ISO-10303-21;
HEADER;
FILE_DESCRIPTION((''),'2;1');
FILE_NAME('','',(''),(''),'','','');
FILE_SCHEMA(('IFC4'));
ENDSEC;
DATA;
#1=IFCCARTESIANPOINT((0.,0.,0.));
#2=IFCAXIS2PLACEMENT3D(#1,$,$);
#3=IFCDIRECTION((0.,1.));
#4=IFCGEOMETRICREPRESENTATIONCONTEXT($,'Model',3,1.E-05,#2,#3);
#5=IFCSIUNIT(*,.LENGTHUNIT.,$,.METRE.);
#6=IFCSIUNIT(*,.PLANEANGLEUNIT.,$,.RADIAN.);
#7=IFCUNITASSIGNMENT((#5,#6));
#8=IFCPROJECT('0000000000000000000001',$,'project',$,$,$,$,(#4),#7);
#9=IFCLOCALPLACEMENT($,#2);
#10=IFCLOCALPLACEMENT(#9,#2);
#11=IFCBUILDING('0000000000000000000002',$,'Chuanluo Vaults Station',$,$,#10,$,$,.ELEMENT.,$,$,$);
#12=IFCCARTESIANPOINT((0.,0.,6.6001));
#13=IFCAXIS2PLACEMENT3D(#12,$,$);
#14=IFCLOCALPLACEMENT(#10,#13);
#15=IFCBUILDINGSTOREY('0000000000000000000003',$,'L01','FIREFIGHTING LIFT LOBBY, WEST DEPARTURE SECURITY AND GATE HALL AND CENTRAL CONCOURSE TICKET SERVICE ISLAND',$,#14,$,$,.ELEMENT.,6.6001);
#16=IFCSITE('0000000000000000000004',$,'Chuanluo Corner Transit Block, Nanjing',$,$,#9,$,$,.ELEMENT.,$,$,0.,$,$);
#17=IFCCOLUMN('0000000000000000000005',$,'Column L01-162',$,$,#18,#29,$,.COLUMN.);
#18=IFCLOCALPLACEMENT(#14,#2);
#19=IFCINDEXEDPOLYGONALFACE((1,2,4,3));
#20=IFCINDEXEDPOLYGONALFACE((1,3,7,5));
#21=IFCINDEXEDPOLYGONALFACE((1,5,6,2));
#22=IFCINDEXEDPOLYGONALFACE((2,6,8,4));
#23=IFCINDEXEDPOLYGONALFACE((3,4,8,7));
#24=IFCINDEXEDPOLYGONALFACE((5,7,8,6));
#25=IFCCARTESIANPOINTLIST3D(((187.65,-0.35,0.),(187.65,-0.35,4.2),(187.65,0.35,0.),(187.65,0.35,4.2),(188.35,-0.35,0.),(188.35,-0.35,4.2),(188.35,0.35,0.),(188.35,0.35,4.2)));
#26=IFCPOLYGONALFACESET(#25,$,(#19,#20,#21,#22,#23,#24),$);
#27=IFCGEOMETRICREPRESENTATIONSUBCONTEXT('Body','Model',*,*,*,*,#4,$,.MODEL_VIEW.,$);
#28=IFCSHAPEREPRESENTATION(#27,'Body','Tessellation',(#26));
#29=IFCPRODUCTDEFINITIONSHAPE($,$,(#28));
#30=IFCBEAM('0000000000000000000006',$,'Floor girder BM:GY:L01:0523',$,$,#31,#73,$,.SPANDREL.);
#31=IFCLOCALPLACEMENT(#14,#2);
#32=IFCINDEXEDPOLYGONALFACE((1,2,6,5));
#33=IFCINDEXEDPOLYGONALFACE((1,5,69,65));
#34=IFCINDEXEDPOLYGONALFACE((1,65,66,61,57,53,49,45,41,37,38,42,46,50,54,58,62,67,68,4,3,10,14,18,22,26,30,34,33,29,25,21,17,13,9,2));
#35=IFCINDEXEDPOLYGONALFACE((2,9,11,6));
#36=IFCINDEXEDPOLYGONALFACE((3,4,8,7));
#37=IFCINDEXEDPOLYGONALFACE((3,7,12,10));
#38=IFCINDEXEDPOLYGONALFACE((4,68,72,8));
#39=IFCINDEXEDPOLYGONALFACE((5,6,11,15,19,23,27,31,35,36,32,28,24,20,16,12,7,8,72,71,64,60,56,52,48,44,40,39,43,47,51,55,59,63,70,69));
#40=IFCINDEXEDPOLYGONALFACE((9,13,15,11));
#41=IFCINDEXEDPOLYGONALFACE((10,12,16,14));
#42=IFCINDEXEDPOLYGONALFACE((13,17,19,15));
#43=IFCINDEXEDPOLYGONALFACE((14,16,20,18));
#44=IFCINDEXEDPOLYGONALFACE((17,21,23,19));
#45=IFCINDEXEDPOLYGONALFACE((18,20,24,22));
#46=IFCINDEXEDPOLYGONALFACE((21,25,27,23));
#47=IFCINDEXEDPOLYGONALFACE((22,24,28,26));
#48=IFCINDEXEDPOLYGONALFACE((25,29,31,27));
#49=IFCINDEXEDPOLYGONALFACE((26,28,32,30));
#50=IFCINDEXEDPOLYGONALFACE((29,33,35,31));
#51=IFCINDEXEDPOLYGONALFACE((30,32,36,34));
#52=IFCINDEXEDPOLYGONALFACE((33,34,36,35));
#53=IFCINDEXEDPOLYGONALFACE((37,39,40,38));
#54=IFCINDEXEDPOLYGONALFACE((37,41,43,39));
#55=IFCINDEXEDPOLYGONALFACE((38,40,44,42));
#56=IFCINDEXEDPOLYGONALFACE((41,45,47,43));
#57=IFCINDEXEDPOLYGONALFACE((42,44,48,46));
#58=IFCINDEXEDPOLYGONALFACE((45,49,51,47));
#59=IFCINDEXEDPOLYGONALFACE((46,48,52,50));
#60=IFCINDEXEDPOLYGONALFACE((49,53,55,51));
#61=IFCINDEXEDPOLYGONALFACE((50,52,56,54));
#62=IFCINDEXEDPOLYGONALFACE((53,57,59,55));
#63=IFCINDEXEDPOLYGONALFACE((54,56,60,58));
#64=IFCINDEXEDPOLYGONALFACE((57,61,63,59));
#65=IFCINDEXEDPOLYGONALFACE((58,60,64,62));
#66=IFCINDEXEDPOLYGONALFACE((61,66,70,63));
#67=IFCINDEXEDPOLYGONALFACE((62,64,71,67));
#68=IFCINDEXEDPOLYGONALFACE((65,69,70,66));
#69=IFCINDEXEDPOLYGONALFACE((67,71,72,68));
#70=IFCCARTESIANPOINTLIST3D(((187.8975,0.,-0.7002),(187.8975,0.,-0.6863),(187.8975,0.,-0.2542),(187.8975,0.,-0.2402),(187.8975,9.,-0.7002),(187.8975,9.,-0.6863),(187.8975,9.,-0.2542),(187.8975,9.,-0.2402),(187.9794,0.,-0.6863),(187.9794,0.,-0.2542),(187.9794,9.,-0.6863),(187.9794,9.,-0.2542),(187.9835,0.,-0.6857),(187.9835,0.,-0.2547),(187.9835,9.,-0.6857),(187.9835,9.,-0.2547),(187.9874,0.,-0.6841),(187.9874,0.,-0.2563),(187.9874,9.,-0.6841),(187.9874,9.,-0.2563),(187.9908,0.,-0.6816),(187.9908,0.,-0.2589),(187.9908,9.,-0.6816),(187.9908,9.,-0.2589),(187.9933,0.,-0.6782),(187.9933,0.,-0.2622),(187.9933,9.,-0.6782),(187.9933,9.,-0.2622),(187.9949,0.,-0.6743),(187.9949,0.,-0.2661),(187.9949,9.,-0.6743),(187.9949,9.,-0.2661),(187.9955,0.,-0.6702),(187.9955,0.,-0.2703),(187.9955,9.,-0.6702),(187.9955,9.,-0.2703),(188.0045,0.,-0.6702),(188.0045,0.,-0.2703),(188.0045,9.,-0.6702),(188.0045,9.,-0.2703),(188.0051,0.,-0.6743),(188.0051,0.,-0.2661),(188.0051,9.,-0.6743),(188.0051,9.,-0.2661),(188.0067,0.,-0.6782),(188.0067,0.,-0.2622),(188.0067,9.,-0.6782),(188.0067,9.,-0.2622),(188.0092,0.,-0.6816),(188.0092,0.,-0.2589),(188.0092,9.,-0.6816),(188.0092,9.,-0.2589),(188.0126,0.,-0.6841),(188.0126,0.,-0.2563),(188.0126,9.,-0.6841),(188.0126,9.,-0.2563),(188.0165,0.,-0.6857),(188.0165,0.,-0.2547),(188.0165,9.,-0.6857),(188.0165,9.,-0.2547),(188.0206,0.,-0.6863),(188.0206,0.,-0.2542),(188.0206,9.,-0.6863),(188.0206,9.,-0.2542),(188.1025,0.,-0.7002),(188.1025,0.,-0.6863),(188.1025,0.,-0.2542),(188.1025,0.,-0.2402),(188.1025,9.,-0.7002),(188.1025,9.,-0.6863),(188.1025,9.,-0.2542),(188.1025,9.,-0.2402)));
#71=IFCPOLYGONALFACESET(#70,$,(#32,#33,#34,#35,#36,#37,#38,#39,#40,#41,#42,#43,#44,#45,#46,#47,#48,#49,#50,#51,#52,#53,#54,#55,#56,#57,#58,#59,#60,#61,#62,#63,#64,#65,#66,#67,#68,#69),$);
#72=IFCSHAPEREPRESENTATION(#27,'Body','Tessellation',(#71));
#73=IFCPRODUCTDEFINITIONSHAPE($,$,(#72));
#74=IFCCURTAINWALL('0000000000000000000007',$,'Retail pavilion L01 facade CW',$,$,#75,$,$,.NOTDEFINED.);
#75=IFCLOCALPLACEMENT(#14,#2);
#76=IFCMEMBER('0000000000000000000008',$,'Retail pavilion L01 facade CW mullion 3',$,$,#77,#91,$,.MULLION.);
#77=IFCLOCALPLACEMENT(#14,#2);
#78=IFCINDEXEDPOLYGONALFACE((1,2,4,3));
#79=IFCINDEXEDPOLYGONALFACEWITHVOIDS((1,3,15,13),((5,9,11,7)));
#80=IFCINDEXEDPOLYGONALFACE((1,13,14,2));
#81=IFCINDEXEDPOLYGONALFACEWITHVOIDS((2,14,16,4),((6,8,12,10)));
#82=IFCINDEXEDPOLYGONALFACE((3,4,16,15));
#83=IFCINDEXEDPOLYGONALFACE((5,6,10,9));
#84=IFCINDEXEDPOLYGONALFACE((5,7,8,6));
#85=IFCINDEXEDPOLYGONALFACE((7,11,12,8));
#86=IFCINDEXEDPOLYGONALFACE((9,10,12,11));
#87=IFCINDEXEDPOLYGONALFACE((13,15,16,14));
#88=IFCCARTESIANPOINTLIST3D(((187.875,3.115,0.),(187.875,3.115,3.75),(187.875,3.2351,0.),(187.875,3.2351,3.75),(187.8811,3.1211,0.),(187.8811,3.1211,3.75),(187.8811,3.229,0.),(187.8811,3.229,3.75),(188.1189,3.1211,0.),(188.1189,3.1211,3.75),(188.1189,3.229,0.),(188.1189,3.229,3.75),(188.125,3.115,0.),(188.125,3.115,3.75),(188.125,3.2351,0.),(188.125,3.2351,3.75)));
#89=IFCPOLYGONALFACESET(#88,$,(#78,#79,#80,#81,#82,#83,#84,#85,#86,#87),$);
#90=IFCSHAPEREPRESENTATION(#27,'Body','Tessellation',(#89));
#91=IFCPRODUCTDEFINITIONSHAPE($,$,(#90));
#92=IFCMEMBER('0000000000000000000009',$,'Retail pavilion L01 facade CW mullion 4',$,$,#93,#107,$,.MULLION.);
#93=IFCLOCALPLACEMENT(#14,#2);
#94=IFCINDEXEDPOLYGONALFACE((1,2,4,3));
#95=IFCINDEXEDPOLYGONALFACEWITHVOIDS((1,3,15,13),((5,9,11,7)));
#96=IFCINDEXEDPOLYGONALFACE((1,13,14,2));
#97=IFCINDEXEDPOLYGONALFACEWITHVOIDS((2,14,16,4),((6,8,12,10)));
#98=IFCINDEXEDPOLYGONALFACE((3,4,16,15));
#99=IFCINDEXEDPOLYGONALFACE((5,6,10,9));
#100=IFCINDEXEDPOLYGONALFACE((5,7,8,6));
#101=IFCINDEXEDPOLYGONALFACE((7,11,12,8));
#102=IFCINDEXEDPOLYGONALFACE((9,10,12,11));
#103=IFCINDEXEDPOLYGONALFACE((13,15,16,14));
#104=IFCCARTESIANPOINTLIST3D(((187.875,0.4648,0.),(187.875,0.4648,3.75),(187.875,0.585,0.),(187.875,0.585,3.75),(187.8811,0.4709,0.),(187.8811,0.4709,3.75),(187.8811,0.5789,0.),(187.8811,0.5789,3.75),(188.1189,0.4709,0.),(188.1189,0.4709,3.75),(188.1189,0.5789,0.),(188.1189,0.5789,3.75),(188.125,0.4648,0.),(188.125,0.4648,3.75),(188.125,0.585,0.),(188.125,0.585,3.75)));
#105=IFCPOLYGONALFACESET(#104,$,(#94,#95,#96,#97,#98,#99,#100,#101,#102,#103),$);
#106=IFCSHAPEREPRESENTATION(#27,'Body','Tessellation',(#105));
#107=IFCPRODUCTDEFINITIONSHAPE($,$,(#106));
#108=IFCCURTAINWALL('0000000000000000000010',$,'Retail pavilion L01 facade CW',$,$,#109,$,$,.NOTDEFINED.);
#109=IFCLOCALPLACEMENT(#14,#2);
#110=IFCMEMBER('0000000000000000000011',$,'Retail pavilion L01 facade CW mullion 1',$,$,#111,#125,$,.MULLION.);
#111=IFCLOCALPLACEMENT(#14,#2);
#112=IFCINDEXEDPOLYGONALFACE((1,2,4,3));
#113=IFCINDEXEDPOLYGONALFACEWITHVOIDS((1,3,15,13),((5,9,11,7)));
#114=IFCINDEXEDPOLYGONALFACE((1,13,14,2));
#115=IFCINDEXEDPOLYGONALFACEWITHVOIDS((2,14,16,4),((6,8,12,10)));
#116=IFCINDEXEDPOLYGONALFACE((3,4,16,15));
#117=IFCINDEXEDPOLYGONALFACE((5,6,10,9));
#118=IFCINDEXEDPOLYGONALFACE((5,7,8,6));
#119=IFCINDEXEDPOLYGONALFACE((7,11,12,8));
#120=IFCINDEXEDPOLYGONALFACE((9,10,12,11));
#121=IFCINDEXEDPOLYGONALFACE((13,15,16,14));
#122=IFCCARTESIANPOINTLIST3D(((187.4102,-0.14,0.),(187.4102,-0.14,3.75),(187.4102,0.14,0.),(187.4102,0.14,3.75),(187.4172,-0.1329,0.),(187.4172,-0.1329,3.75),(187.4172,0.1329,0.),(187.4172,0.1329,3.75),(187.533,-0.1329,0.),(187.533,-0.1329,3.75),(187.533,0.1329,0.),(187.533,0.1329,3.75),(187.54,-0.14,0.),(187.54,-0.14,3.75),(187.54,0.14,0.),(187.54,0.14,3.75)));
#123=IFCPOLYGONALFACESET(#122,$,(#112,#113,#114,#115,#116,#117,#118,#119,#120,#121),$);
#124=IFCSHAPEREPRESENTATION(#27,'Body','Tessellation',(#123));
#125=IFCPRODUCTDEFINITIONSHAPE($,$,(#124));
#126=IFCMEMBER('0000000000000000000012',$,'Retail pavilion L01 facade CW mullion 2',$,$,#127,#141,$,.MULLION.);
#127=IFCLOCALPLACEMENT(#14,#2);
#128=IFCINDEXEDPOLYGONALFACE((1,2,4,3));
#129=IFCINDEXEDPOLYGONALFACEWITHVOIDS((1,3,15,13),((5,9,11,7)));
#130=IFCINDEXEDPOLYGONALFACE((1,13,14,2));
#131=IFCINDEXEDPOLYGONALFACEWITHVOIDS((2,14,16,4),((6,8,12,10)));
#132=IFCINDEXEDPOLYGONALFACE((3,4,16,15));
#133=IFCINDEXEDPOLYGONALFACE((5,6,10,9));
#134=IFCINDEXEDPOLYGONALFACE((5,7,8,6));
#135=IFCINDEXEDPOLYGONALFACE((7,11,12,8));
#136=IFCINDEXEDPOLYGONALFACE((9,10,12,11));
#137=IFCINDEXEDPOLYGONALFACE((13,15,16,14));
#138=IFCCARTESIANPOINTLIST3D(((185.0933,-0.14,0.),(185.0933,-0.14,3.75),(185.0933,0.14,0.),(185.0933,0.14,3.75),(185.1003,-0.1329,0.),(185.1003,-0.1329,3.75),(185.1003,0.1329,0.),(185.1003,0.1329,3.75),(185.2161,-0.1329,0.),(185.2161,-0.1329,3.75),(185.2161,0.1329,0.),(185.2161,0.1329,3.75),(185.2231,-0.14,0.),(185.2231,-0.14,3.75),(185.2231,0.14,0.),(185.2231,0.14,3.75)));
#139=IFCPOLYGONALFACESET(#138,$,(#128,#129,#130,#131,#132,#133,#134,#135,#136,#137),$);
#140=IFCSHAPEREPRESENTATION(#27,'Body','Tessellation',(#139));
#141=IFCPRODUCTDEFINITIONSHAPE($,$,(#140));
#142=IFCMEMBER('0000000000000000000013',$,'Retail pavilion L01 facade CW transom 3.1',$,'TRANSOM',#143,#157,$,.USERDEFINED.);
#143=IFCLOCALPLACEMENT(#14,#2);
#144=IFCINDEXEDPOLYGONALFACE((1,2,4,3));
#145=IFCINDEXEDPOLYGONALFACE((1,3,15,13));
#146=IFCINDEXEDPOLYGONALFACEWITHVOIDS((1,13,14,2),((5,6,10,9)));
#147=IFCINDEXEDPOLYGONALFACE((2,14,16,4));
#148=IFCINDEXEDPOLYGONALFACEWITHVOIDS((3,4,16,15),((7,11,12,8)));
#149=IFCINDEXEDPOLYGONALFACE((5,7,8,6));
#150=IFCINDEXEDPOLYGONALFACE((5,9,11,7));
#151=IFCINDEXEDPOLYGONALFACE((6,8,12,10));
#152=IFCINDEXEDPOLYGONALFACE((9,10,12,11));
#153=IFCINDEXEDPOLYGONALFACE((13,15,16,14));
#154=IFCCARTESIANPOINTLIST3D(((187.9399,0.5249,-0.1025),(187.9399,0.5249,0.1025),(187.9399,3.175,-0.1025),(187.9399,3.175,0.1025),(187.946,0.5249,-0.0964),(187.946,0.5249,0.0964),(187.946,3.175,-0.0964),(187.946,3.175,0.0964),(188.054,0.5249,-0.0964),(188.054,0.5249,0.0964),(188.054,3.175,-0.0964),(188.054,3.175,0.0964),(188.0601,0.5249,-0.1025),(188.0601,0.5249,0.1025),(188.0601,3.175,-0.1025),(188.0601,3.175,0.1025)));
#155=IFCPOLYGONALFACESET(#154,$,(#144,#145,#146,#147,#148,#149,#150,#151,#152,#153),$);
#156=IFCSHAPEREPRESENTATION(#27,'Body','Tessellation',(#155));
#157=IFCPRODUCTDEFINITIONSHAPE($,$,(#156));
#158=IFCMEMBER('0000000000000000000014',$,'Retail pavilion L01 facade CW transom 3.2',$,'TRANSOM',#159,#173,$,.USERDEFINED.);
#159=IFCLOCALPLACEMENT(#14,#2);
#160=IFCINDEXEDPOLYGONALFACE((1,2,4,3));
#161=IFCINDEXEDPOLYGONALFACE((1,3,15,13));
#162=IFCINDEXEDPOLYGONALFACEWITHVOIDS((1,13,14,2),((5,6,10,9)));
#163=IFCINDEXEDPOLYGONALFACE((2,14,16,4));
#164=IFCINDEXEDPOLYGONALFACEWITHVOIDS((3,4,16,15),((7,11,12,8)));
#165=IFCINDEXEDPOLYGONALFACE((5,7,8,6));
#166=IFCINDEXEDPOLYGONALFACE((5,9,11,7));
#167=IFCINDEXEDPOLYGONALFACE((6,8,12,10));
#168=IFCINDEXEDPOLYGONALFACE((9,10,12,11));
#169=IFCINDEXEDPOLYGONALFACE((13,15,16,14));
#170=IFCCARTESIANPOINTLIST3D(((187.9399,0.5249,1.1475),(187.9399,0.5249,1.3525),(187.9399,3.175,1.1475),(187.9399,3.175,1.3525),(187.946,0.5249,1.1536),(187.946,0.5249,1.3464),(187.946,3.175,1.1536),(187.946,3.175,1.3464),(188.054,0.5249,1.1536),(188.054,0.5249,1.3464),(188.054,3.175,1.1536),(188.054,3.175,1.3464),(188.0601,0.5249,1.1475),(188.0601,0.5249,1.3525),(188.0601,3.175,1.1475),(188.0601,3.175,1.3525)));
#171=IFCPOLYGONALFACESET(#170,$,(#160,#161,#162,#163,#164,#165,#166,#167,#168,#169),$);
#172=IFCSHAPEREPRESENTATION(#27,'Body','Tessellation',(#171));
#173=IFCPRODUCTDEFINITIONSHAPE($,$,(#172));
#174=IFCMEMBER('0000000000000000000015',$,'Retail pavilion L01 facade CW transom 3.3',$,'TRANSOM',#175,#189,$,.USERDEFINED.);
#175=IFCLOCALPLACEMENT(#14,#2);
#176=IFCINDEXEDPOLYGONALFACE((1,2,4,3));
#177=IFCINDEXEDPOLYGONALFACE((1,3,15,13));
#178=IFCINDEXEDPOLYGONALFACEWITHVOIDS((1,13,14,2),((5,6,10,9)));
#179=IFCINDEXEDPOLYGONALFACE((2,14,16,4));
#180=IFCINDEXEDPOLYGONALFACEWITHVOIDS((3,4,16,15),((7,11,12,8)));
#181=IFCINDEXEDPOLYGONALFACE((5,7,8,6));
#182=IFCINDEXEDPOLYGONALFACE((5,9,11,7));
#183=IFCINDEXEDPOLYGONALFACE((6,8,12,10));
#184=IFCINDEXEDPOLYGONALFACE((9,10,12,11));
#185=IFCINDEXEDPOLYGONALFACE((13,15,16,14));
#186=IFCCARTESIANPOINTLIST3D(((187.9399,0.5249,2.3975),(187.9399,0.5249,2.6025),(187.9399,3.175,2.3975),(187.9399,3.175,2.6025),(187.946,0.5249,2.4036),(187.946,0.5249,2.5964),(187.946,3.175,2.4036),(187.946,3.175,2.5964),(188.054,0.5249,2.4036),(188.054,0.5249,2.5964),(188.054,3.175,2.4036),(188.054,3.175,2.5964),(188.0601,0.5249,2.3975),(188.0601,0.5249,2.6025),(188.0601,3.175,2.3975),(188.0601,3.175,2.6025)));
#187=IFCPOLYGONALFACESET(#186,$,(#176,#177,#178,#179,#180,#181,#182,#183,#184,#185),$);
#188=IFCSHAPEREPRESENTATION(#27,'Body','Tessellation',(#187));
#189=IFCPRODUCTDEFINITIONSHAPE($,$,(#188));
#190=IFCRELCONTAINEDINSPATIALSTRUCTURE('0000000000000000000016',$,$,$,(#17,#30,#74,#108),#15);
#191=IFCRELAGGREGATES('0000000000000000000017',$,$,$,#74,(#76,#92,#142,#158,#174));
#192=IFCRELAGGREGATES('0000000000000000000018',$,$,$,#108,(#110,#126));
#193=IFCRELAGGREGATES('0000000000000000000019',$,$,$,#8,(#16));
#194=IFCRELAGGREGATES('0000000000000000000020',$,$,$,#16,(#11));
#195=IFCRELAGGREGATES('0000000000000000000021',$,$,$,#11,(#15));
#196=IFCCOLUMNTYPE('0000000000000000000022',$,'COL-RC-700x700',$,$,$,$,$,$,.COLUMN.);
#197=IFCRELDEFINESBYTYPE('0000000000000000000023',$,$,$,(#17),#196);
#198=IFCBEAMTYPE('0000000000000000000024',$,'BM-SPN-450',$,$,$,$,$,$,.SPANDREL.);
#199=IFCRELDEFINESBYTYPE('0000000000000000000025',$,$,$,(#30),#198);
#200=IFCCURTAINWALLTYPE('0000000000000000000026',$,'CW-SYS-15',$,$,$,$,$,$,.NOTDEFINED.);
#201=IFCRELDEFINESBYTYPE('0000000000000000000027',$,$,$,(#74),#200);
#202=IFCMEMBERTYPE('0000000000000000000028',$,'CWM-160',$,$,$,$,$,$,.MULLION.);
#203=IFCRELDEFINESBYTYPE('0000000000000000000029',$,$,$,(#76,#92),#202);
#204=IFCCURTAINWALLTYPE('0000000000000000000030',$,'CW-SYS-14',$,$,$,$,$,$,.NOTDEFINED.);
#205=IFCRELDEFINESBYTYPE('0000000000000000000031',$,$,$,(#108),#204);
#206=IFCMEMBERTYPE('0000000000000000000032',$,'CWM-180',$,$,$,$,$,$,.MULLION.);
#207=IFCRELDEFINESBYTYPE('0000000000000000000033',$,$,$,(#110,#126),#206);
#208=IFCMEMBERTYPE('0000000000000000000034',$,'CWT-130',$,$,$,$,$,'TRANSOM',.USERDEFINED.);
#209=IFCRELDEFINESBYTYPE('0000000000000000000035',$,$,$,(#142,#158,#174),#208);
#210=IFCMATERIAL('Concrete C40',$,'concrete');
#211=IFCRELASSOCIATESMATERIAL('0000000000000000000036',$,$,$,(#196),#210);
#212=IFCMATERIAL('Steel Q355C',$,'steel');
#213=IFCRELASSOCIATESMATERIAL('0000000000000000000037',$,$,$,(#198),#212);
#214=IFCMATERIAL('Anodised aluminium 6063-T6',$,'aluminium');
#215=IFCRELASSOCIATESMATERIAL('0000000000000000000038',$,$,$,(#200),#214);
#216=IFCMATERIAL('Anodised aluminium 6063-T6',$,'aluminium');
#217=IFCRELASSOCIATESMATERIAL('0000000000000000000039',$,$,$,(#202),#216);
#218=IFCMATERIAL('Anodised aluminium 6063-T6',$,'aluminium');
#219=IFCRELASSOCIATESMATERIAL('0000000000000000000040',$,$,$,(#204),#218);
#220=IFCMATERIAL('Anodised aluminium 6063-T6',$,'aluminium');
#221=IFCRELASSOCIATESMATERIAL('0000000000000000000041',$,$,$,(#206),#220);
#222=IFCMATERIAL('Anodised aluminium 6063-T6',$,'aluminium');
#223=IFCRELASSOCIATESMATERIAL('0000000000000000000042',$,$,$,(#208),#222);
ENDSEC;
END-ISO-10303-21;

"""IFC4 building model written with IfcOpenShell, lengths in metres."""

from ifc_helpers import new_model, si_unit, direction, frame, origin, origin_2d, place, context, subcontext, project, spatial, rectangle, hollow_rectangle, i_section, extrude, material, material_profile, profile_set, type_object, element, aggregate, save


model = new_model("IFC4")

# Units and contexts
model_context = context("Model", 3, precision=1e-05, world=origin(), true_north=direction((0.0, 1.0)))
body_context = subcontext(model_context, "Body", "Model", "MODEL_VIEW")
ifc_project = project(units=[si_unit("LENGTHUNIT", "METRE"), si_unit("PLANEANGLEUNIT", "RADIAN")], contexts=[model_context])

# Site, building, storey
site_placement = place(None, origin())
site = spatial("IfcSite", under=ifc_project, at=site_placement, Name="Chuanluo Corner Transit Block, Nanjing", CompositionType="ELEMENT", RefElevation=0.0)
building_placement = place(site_placement, origin())
building = spatial("IfcBuilding", under=site, at=building_placement, Name="Chuanluo Vaults Station", CompositionType="ELEMENT")
storey_placement = place(building_placement, frame((0.0, 0.0, 6.6001)))
storey = spatial("IfcBuildingStorey", under=building, at=storey_placement, Name="L01", Description="FIREFIGHTING LIFT LOBBY, WEST DEPARTURE SECURITY AND GATE HALL AND CENTRAL CONCOURSE TICKET SERVICE ISLAND", CompositionType="ELEMENT", Elevation=6.6001)

# Column
ifc_material_1 = material(Name="Concrete C40", Category="concrete")
ifc_material_profile_1 = material_profile(ifc_material_1, rectangle(XDim=0.7, YDim=0.7, at=origin_2d()))
ifc_profile_set_1 = profile_set([ifc_material_profile_1], Name="Concrete C40")
column_type = type_object("IfcColumnType", Name="COL-RC-700x700", PredefinedType="COLUMN", material=ifc_profile_set_1)
column_placement = place(storey_placement, frame((188.0, 0.0, 0.0), z_axis=(0.0, 0.0, 1.0), x_axis=(1.0, 0.0, 0.0)))
element("IfcColumn", 1, at=column_placement, inside=storey, type_object=column_type, Name="Column L01-162", PredefinedType="COLUMN", context=body_context, shape_type="SweptSolid", body=[
    extrude(rectangle(XDim=0.7, YDim=0.7, at=origin_2d()), origin(), (0.0, 0.0, 1.0), 4.2),
])

# Beam
ifc_material_2 = material(Name="Steel Q355C", Category="steel")
ifc_material_profile_2 = material_profile(ifc_material_2, i_section(OverallWidth=0.2051, OverallDepth=0.46, WebThickness=0.009, FlangeThickness=0.0139, FilletRadius=0.0161, at=origin_2d()))
ifc_profile_set_2 = profile_set([ifc_material_profile_2], Name="Steel Q355C")
beam_type = type_object("IfcBeamType", Name="BM-SPN-450", PredefinedType="SPANDREL", material=ifc_profile_set_2)
beam_placement = place(storey_placement, frame((188.0, 0.0, -0.4702), z_axis=(0.0, 1.0, 0.0), x_axis=(-1.0, 0.0, 0.0)))
element("IfcBeam", 2, at=beam_placement, inside=storey, type_object=beam_type, Name="Floor girder BM:GY:L01:0523", PredefinedType="SPANDREL", context=body_context, shape_type="SweptSolid", body=[
    extrude(i_section(OverallWidth=0.2051, OverallDepth=0.46, WebThickness=0.009, FlangeThickness=0.0139, FilletRadius=0.0161, at=origin_2d()), origin(), (0.0, 0.0, 1.0), 9.0),
])

# Curtain walls, members
ifc_material_3 = material(Name="Anodised aluminium 6063-T6", Category="aluminium")
curtain_wall_type_1 = type_object("IfcCurtainWallType", Name="CW-SYS-15", PredefinedType="NOTDEFINED", material=ifc_material_3)
curtain_wall_1_placement = place(storey_placement, origin())
curtain_wall_1 = element("IfcCurtainWall", 3, at=curtain_wall_1_placement, inside=storey, type_object=curtain_wall_type_1, Name="Retail pavilion L01 facade CW", PredefinedType="NOTDEFINED")
ifc_material_4 = material(Name="Anodised aluminium 6063-T6", Category="aluminium")
ifc_material_profile_3 = material_profile(ifc_material_4, hollow_rectangle(XDim=0.1201, YDim=0.25, WallThickness=0.0061, at=origin_2d()))
ifc_profile_set_3 = profile_set([ifc_material_profile_3], Name="Anodised aluminium 6063-T6")
member_type_1 = type_object("IfcMemberType", Name="CWM-160", PredefinedType="MULLION", material=ifc_profile_set_3)
member_1_placement = place(storey_placement, frame((188.0, 3.175, 0.0), z_axis=(0.0, 0.0, 1.0), x_axis=(0.0, -1.0, 0.0)))
member_1 = element("IfcMember", 4, at=member_1_placement, type_object=member_type_1, Name="Retail pavilion L01 facade CW mullion 3", PredefinedType="MULLION", context=body_context, shape_type="SweptSolid", body=[
    extrude(hollow_rectangle(XDim=0.1201, YDim=0.25, WallThickness=0.0061, at=origin_2d()), origin(), (0.0, 0.0, 1.0), 3.75),
])
member_2_placement = place(storey_placement, frame((188.0, 0.5249, 0.0), z_axis=(0.0, 0.0, 1.0), x_axis=(0.0, -1.0, 0.0)))
member_2 = element("IfcMember", 5, at=member_2_placement, type_object=member_type_1, Name="Retail pavilion L01 facade CW mullion 4", PredefinedType="MULLION", context=body_context, shape_type="SweptSolid", body=[
    extrude(hollow_rectangle(XDim=0.1201, YDim=0.25, WallThickness=0.0061, at=origin_2d()), origin(), (0.0, 0.0, 1.0), 3.75),
])
ifc_material_5 = material(Name="Anodised aluminium 6063-T6", Category="aluminium")
curtain_wall_type_2 = type_object("IfcCurtainWallType", Name="CW-SYS-14", PredefinedType="NOTDEFINED", material=ifc_material_5)
curtain_wall_2_placement = place(storey_placement, origin())
curtain_wall_2 = element("IfcCurtainWall", 6, at=curtain_wall_2_placement, inside=storey, type_object=curtain_wall_type_2, Name="Retail pavilion L01 facade CW", PredefinedType="NOTDEFINED")
ifc_material_6 = material(Name="Anodised aluminium 6063-T6", Category="aluminium")
ifc_material_profile_4 = material_profile(ifc_material_6, hollow_rectangle(XDim=0.1299, YDim=0.28, WallThickness=0.0071, at=origin_2d()))
ifc_profile_set_4 = profile_set([ifc_material_profile_4], Name="Anodised aluminium 6063-T6")
member_type_2 = type_object("IfcMemberType", Name="CWM-180", PredefinedType="MULLION", material=ifc_profile_set_4)
member_3_placement = place(storey_placement, frame((187.4751, 0.0, 0.0), z_axis=(0.0, 0.0, 1.0), x_axis=(-1.0, 0.0, 0.0)))
member_3 = element("IfcMember", 7, at=member_3_placement, type_object=member_type_2, Name="Retail pavilion L01 facade CW mullion 1", PredefinedType="MULLION", context=body_context, shape_type="SweptSolid", body=[
    extrude(hollow_rectangle(XDim=0.1299, YDim=0.28, WallThickness=0.0071, at=origin_2d()), origin(), (0.0, 0.0, 1.0), 3.75),
])
member_4_placement = place(storey_placement, frame((185.1582, 0.0, 0.0), z_axis=(0.0, 0.0, 1.0), x_axis=(-1.0, 0.0, 0.0)))
member_4 = element("IfcMember", 8, at=member_4_placement, type_object=member_type_2, Name="Retail pavilion L01 facade CW mullion 2", PredefinedType="MULLION", context=body_context, shape_type="SweptSolid", body=[
    extrude(hollow_rectangle(XDim=0.1299, YDim=0.28, WallThickness=0.0071, at=origin_2d()), origin(), (0.0, 0.0, 1.0), 3.75),
])

# Members
ifc_material_7 = material(Name="Anodised aluminium 6063-T6", Category="aluminium")
ifc_material_profile_5 = material_profile(ifc_material_7, hollow_rectangle(XDim=0.1201, YDim=0.2051, WallThickness=0.0061, at=origin_2d()))
ifc_profile_set_5 = profile_set([ifc_material_profile_5], Name="Anodised aluminium 6063-T6")
member_type_3 = type_object("IfcMemberType", Name="CWT-130", ElementType="TRANSOM", PredefinedType="USERDEFINED", material=ifc_profile_set_5)
member_5_placement = place(storey_placement, frame((188.0, 3.175, 0.0), z_axis=(0.0, -1.0, 0.0), x_axis=(1.0, 0.0, 0.0)))
member_5 = element("IfcMember", 9, at=member_5_placement, type_object=member_type_3, Name="Retail pavilion L01 facade CW transom 3.1", ObjectType="TRANSOM", PredefinedType="USERDEFINED", context=body_context, shape_type="SweptSolid", body=[
    extrude(hollow_rectangle(XDim=0.1201, YDim=0.2051, WallThickness=0.0061, at=origin_2d()), origin(), (0.0, 0.0, 1.0), 2.6501),
])
member_6_placement = place(storey_placement, frame((188.0, 3.175, 1.25), z_axis=(0.0, -1.0, 0.0), x_axis=(1.0, 0.0, 0.0)))
member_6 = element("IfcMember", 10, at=member_6_placement, type_object=member_type_3, Name="Retail pavilion L01 facade CW transom 3.2", ObjectType="TRANSOM", PredefinedType="USERDEFINED", context=body_context, shape_type="SweptSolid", body=[
    extrude(hollow_rectangle(XDim=0.1201, YDim=0.2051, WallThickness=0.0061, at=origin_2d()), origin(), (0.0, 0.0, 1.0), 2.6501),
])
member_7_placement = place(storey_placement, frame((188.0, 3.175, 2.5), z_axis=(0.0, -1.0, 0.0), x_axis=(1.0, 0.0, 0.0)))
member_7 = element("IfcMember", 11, at=member_7_placement, type_object=member_type_3, Name="Retail pavilion L01 facade CW transom 3.3", ObjectType="TRANSOM", PredefinedType="USERDEFINED", context=body_context, shape_type="SweptSolid", body=[
    extrude(hollow_rectangle(XDim=0.1201, YDim=0.2051, WallThickness=0.0061, at=origin_2d()), origin(), (0.0, 0.0, 1.0), 2.6501),
])

aggregate(curtain_wall_1, [member_1, member_2, member_5, member_6, member_7])
aggregate(curtain_wall_2, [member_3, member_4])

save(model, "model.ifc")
